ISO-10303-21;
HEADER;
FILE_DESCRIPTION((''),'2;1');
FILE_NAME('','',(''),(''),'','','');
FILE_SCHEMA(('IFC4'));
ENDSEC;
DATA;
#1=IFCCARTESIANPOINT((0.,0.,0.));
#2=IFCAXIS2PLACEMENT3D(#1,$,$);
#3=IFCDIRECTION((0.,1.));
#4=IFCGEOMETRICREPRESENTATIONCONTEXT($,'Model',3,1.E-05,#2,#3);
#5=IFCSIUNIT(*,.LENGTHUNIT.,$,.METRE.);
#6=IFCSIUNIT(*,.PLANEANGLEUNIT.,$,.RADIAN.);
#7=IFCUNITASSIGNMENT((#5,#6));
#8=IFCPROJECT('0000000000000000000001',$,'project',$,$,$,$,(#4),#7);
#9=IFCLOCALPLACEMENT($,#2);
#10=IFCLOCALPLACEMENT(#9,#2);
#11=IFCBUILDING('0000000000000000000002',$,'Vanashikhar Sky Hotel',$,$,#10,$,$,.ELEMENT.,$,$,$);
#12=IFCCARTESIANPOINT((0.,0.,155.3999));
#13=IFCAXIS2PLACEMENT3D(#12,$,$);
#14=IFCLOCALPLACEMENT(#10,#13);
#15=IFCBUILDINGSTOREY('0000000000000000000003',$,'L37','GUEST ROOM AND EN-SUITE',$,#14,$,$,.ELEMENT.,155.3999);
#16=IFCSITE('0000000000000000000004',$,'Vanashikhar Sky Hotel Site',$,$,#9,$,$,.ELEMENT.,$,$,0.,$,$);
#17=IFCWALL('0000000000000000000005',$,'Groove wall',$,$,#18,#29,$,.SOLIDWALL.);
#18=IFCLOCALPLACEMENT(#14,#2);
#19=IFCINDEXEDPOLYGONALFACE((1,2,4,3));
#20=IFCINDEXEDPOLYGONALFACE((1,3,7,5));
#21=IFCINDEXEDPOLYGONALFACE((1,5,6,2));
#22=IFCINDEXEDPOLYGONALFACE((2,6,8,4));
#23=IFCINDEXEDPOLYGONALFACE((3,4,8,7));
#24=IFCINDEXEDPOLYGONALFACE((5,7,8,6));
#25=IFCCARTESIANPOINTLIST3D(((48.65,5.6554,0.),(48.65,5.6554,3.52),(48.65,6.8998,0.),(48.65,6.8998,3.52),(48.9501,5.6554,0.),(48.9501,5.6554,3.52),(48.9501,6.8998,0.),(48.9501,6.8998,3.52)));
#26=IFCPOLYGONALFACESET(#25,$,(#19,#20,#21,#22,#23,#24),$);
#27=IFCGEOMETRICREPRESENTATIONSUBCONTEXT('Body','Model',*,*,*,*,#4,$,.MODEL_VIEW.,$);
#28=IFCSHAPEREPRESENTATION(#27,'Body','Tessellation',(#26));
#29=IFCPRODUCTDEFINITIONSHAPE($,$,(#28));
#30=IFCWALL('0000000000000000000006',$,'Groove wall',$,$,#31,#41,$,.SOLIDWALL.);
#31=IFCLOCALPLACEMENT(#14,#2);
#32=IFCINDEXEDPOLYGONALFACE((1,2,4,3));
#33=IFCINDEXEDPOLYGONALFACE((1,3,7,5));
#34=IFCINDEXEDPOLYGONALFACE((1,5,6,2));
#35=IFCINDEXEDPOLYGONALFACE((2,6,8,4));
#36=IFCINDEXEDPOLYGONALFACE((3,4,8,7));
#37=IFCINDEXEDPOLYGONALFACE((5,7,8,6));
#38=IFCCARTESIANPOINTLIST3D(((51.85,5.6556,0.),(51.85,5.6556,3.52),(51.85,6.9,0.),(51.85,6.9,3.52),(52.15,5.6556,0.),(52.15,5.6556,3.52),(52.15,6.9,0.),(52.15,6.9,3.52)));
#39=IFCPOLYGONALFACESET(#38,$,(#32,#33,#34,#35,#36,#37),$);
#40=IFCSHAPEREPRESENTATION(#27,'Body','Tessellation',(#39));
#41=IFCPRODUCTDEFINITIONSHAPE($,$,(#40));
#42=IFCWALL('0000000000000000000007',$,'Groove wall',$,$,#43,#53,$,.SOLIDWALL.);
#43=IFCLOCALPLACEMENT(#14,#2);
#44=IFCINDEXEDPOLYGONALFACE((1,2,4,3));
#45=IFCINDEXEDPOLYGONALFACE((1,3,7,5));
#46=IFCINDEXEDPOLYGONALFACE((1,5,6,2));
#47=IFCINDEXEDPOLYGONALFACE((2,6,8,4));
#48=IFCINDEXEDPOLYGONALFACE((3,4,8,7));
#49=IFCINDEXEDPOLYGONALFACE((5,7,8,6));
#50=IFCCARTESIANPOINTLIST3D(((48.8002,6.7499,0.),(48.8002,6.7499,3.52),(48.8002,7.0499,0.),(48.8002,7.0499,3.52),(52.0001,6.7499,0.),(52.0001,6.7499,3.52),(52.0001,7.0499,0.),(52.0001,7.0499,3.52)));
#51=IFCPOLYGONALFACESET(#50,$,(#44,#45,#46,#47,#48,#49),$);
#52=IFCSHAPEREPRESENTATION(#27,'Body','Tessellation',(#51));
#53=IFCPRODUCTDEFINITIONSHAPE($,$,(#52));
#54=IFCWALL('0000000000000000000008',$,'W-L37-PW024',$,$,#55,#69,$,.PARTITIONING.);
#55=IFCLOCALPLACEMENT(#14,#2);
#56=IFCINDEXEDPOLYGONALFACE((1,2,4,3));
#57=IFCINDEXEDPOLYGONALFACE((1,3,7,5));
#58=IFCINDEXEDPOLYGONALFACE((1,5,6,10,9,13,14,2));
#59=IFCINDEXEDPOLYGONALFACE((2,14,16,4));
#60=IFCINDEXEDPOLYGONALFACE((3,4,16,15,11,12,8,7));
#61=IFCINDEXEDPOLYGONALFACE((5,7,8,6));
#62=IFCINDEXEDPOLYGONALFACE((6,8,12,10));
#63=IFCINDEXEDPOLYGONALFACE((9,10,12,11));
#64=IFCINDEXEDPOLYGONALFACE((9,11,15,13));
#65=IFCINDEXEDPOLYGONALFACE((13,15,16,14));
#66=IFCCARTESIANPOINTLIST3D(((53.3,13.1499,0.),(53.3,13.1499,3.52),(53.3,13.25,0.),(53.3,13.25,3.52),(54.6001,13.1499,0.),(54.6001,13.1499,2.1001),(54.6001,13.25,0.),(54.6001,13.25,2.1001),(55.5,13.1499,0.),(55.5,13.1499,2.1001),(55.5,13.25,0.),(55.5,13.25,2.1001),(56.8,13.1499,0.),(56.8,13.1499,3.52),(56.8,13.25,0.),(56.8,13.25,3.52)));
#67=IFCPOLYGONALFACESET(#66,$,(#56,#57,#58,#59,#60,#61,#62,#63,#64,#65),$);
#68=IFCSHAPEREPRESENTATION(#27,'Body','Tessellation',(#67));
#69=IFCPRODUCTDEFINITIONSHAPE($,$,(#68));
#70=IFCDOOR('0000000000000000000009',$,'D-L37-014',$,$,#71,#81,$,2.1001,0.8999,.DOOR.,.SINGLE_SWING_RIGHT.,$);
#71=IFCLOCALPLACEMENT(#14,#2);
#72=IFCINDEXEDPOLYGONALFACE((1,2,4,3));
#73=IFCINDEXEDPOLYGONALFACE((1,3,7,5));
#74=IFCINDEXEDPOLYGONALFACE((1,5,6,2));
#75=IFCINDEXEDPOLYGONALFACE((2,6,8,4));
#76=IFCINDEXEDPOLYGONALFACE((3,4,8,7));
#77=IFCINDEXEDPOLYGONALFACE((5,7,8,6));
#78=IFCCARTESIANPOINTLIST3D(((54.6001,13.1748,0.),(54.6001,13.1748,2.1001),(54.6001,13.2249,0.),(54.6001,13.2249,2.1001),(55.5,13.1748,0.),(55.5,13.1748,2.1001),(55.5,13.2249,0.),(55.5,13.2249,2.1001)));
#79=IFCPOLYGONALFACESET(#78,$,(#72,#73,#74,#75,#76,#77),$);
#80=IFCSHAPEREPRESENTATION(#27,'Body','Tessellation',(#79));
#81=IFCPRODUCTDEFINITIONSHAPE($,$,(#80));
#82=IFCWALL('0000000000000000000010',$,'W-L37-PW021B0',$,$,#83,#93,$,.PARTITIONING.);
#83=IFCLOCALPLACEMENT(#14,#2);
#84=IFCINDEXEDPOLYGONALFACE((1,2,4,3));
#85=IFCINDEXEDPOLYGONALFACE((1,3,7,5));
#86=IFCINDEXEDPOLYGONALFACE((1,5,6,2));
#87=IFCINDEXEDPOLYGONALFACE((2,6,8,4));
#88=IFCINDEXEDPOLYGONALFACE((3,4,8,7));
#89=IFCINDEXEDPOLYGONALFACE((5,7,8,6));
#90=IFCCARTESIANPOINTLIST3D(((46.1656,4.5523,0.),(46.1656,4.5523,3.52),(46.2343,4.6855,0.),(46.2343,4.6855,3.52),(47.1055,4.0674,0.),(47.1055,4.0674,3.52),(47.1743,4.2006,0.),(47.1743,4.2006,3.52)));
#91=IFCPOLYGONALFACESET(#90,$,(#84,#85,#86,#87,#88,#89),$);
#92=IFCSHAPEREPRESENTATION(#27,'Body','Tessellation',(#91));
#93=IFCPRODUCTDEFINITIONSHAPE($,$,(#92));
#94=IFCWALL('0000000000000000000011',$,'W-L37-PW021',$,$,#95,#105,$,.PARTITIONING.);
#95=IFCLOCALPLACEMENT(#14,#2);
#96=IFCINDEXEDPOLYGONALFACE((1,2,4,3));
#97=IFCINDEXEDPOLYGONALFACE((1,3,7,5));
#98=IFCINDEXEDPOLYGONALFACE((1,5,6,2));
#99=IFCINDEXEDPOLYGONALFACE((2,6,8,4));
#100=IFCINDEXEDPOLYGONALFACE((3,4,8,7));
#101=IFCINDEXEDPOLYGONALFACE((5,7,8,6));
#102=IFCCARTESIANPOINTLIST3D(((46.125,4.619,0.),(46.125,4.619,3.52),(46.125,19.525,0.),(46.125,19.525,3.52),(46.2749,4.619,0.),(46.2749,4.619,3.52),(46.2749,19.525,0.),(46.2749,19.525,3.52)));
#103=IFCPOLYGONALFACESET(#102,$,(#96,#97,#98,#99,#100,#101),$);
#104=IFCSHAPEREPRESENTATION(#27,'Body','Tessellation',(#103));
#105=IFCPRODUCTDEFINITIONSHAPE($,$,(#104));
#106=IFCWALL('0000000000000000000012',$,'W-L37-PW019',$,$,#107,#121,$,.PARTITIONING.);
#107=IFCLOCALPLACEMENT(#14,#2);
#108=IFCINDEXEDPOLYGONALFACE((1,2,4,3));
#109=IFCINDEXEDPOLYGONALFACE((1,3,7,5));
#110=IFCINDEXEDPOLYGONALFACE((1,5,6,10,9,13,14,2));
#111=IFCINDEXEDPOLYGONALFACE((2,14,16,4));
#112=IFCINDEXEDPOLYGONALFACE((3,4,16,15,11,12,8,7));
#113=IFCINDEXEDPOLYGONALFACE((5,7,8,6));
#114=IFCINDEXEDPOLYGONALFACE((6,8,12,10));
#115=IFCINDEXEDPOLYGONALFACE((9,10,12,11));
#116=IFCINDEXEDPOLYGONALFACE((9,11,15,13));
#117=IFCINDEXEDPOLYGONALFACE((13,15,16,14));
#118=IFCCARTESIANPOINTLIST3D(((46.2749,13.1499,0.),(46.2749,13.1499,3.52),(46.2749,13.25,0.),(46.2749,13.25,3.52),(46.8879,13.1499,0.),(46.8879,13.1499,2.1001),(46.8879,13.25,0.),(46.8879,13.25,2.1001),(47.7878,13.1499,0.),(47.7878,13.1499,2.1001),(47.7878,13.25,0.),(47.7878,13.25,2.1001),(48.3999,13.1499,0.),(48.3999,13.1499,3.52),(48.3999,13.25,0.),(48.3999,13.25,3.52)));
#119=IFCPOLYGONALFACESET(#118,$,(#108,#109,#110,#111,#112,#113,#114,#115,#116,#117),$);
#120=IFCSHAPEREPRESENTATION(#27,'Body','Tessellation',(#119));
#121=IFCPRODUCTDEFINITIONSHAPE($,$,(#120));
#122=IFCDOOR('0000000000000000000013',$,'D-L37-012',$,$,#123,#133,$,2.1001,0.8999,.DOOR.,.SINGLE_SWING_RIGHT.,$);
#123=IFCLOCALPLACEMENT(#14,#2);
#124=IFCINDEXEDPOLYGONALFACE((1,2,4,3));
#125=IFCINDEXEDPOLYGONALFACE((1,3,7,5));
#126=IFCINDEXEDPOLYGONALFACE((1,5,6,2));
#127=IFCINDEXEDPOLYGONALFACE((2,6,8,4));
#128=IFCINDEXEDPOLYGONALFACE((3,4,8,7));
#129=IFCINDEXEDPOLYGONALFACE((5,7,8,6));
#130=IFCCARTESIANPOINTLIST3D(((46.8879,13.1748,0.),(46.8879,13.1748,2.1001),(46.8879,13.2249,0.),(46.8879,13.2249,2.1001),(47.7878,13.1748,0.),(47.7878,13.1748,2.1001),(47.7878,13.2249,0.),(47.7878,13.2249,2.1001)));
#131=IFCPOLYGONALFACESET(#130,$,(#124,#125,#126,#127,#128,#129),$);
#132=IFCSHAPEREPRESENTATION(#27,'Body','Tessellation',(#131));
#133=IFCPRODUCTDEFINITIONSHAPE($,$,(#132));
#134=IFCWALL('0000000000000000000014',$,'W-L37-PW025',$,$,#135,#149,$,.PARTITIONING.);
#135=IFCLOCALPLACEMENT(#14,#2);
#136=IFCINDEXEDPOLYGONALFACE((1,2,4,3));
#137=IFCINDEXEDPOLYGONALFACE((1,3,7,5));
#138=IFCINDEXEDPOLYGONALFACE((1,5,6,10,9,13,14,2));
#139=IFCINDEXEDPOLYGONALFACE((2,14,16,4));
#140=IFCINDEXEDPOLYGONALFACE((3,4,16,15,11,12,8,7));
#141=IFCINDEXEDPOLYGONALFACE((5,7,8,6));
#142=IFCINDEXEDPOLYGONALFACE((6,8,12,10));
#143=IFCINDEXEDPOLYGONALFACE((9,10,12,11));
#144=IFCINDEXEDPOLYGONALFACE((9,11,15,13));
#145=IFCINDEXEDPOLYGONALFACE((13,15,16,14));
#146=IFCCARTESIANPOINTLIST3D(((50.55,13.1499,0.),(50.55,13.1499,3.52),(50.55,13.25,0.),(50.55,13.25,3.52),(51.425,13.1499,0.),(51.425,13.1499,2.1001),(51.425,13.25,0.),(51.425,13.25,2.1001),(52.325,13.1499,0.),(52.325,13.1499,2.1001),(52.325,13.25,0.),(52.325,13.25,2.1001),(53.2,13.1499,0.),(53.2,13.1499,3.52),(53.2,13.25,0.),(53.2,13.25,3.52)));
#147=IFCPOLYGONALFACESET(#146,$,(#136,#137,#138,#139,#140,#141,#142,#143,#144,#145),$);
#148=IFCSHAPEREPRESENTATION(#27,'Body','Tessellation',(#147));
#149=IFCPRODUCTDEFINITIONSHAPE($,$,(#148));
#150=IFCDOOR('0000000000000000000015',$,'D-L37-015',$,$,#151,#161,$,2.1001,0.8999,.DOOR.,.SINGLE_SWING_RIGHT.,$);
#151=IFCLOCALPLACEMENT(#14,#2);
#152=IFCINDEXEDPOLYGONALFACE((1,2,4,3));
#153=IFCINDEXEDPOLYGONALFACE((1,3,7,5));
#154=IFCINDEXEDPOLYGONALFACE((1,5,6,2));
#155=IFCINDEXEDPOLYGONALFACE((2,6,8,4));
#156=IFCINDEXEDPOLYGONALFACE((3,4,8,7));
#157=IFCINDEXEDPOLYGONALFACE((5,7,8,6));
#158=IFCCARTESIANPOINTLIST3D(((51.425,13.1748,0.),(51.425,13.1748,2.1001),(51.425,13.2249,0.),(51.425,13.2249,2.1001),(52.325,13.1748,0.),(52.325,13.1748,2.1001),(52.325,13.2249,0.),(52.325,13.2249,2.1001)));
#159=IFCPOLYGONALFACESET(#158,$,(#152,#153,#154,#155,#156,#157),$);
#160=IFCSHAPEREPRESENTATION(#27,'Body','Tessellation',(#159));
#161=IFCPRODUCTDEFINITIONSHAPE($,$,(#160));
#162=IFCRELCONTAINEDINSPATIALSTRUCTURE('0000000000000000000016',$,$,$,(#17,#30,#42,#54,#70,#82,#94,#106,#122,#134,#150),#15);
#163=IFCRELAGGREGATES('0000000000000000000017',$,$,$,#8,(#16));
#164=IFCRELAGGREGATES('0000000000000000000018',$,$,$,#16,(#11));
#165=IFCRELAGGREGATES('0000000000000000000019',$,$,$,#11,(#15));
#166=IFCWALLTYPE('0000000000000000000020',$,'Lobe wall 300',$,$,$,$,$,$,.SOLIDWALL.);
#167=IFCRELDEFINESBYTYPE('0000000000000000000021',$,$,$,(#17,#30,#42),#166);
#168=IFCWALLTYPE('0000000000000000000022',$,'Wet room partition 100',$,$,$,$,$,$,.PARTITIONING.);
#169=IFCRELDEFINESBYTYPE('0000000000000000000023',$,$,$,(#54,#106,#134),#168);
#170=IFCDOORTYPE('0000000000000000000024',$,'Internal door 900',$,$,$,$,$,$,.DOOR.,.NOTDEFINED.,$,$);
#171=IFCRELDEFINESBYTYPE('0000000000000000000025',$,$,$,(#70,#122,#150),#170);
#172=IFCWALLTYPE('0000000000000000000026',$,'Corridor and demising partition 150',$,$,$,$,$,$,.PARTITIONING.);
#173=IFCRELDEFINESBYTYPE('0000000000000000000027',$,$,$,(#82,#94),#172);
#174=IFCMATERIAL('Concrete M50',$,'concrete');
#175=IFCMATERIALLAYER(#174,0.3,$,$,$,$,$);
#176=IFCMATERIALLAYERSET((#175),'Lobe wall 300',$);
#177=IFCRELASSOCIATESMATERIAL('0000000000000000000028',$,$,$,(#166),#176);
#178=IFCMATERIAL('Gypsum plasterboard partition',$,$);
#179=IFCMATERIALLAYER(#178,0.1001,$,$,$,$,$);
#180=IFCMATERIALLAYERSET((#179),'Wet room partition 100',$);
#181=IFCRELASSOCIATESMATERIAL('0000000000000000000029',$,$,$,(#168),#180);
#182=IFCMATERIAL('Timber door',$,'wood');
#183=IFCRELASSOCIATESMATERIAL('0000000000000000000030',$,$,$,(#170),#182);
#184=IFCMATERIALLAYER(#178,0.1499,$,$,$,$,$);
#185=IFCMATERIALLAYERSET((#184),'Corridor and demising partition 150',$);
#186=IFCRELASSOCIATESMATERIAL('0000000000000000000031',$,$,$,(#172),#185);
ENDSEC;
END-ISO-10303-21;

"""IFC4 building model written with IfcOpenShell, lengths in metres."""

from ifc_helpers import new_model, si_unit, direction, frame, frame_2d, origin, place, context, subcontext, project, spatial, rectangle, extrude, source, transform, mapped, material, layer, layer_set, type_object, element, fill, save


model = new_model("IFC4")

# Units and contexts
model_context = context("Model", 3, precision=1e-05, world=origin(), true_north=direction((0.0, 1.0)))
body_context = subcontext(model_context, "Body", "Model", "MODEL_VIEW")
ifc_project = project(units=[si_unit("LENGTHUNIT", "METRE"), si_unit("PLANEANGLEUNIT", "RADIAN")], contexts=[model_context])

# Site, building, storey
site_placement = place(None, origin())
site = spatial("IfcSite", under=ifc_project, at=site_placement, Name="Vanashikhar Sky Hotel Site", CompositionType="ELEMENT", RefElevation=0.0)
building_placement = place(site_placement, origin())
building = spatial("IfcBuilding", under=site, at=building_placement, Name="Vanashikhar Sky Hotel", CompositionType="ELEMENT")
storey_placement = place(building_placement, frame((0.0, 0.0, 155.3999)))
storey = spatial("IfcBuildingStorey", under=building, at=storey_placement, Name="L37", Description="GUEST ROOM AND EN-SUITE", CompositionType="ELEMENT", Elevation=155.3999)

# Shared definitions
ifc_material_1 = material(Name="Concrete M50", Category="concrete")
ifc_layer_1 = layer(ifc_material_1, 0.3)
ifc_layer_set_1 = layer_set([ifc_layer_1], Name="Lobe wall 300")
wall_type_1 = type_object("IfcWallType", Name="Lobe wall 300", PredefinedType="SOLIDWALL", material=ifc_layer_set_1)

# Walls
shared_shape_1 = source(origin(), body_context, "Body", "SweptSolid", [
    extrude(rectangle(XDim=1.2444, YDim=0.3, at=frame_2d((0.6221, 0.0))), origin(), (0.0, 0.0, 1.0), 3.52),
])
for number, where, z_axis, x_axis, name in (
    (1, (48.8, 5.6555, 0.0), (0.0, 0.0, 1.0), (0.0, 1.0, 0.0), "Groove wall"),
    (2, (52.0, 6.8999, 0.0), (0.0, 0.0, 1.0), (0.0, -1.0, 0.0), "Groove wall"),
):
    element("IfcWall", number, at=place(storey_placement, frame(where, z_axis=z_axis, x_axis=x_axis)), inside=storey, type_object=wall_type_1, Name=name, PredefinedType="SOLIDWALL", context=body_context, shape_type="MappedRepresentation", body=[
        mapped(shared_shape_1, transform((0.0, 0.0, 0.0), scale=1.0)),
    ])
shared_shape_2 = source(origin(), body_context, "Body", "SweptSolid", [
    extrude(rectangle(XDim=3.2, YDim=0.3, at=frame_2d((1.6001, 0.0))), origin(), (0.0, 0.0, 1.0), 3.52),
])
wall_1_placement = place(storey_placement, frame((48.8, 6.8999, 0.0), z_axis=(0.0, 0.0, 1.0), x_axis=(1.0, 0.0, 0.0)))
element("IfcWall", 3, at=wall_1_placement, inside=storey, type_object=wall_type_1, Name="Groove wall", PredefinedType="SOLIDWALL", context=body_context, shape_type="MappedRepresentation", body=[
    mapped(shared_shape_2, transform((0.0, 0.0, 0.0), scale=1.0)),
])

# Wall, opening, door
ifc_material_2 = material(Name="Gypsum plasterboard partition")
ifc_layer_2 = layer(ifc_material_2, 0.1001)
ifc_layer_set_2 = layer_set([ifc_layer_2], Name="Wet room partition 100")
wall_type_2 = type_object("IfcWallType", Name="Wet room partition 100", PredefinedType="PARTITIONING", material=ifc_layer_set_2)
shared_shape_3 = source(origin(), body_context, "Body", "SweptSolid", [
    extrude(rectangle(XDim=3.5, YDim=0.1001, at=frame_2d((1.75, 0.0))), origin(), (0.0, 0.0, 1.0), 3.52),
])
wall_2_placement = place(storey_placement, frame((53.3, 13.2, 0.0), z_axis=(0.0, 0.0, 1.0), x_axis=(1.0, 0.0, 0.0)))
wall_2 = element("IfcWall", 4, at=wall_2_placement, inside=storey, type_object=wall_type_2, Name="W-L37-PW024", PredefinedType="PARTITIONING", context=body_context, shape_type="MappedRepresentation", body=[
    mapped(shared_shape_3, transform((0.0, 0.0, 0.0), scale=1.0)),
])
shared_shape_4 = source(origin(), body_context, "Body", "SweptSolid", [
    extrude(rectangle(XDim=0.8999, YDim=2.1001, at=frame_2d((0.45, 1.05))), frame((0.0, 0.0601, 0.0), z_axis=(0.0, -1.0, 0.0), x_axis=(1.0, 0.0, 0.0)), (0.0, 0.0, 1.0), 0.1201),
])
opening_1_placement = place(wall_2_placement, frame((1.3, 0.0, 0.0)))
opening_1 = element("IfcOpeningElement", 5, at=opening_1_placement, cuts=wall_2, PredefinedType="OPENING", context=body_context, shape_type="MappedRepresentation", body=[
    mapped(shared_shape_4, transform((0.0, 0.0, 0.0), scale=1.0)),
])
ifc_material_3 = material(Name="Timber door", Category="wood")
door_type = type_object("IfcDoorType", Name="Internal door 900", OperationType="NOTDEFINED", PredefinedType="DOOR", material=ifc_material_3)
shared_shape_5 = source(origin(), body_context, "Body", "SweptSolid", [
    extrude(rectangle(XDim=0.8999, YDim=2.1001, at=frame_2d((0.45, 1.05))), frame((0.0, 0.0249, 0.0), z_axis=(0.0, -1.0, 0.0), x_axis=(1.0, 0.0, 0.0)), (0.0, 0.0, 1.0), 0.05),
])
door_1_placement = place(opening_1_placement, origin())
door_1 = element("IfcDoor", 6, at=door_1_placement, inside=storey, type_object=door_type, Name="D-L37-014", OperationType="SINGLE_SWING_RIGHT", OverallHeight=2.1001, OverallWidth=0.8999, PredefinedType="DOOR", context=body_context, shape_type="MappedRepresentation", body=[
    mapped(shared_shape_5, transform((0.0, 0.0, 0.0), scale=1.0)),
])
fill(opening_1, door_1)

# Walls
ifc_layer_3 = layer(ifc_material_2, 0.1499)
ifc_layer_set_3 = layer_set([ifc_layer_3], Name="Corridor and demising partition 150")
wall_type_3 = type_object("IfcWallType", Name="Corridor and demising partition 150", PredefinedType="PARTITIONING", material=ifc_layer_set_3)
shared_shape_6 = source(origin(), body_context, "Body", "SweptSolid", [
    extrude(rectangle(XDim=1.0576, YDim=0.1499, at=frame_2d((0.5288, 0.0))), origin(), (0.0, 0.0, 1.0), 3.52),
])
wall_3_placement = place(storey_placement, frame((47.1399, 4.134, 0.0), z_axis=(0.0, 0.0, 1.0), x_axis=(-0.888724, 0.458443, 0.0)))
element("IfcWall", 7, at=wall_3_placement, inside=storey, type_object=wall_type_3, Name="W-L37-PW021B0", PredefinedType="PARTITIONING", context=body_context, shape_type="MappedRepresentation", body=[
    mapped(shared_shape_6, transform((0.0, 0.0, 0.0), scale=1.0)),
])
shared_shape_7 = source(origin(), body_context, "Body", "SweptSolid", [
    extrude(rectangle(XDim=14.906, YDim=0.1499, at=frame_2d((7.4531, 0.0))), origin(), (0.0, 0.0, 1.0), 3.52),
])
wall_4_placement = place(storey_placement, frame((46.2, 4.6189, 0.0), z_axis=(0.0, 0.0, 1.0), x_axis=(0.0, 1.0, 0.0)))
element("IfcWall", 8, at=wall_4_placement, inside=storey, type_object=wall_type_3, Name="W-L37-PW021", PredefinedType="PARTITIONING", context=body_context, shape_type="MappedRepresentation", body=[
    mapped(shared_shape_7, transform((0.0, 0.0, 0.0), scale=1.0)),
])

# Walls, openings, doors
shared_shape_8 = source(origin(), body_context, "Body", "SweptSolid", [
    extrude(rectangle(XDim=2.125, YDim=0.1001, at=frame_2d((1.0625, 0.0))), origin(), (0.0, 0.0, 1.0), 3.52),
])
wall_5_placement = place(storey_placement, frame((46.2749, 13.2, 0.0), z_axis=(0.0, 0.0, 1.0), x_axis=(1.0, 0.0, 0.0)))
wall_5 = element("IfcWall", 9, at=wall_5_placement, inside=storey, type_object=wall_type_2, Name="W-L37-PW019", PredefinedType="PARTITIONING", context=body_context, shape_type="MappedRepresentation", body=[
    mapped(shared_shape_8, transform((0.0, 0.0, 0.0), scale=1.0)),
])
opening_2_placement = place(wall_5_placement, frame((0.613, 0.0, 0.0)))
opening_2 = element("IfcOpeningElement", 10, at=opening_2_placement, cuts=wall_5, PredefinedType="OPENING", context=body_context, shape_type="MappedRepresentation", body=[
    mapped(shared_shape_4, transform((0.0, 0.0, 0.0), scale=1.0)),
])
door_2_placement = place(opening_2_placement, origin())
door_2 = element("IfcDoor", 11, at=door_2_placement, inside=storey, type_object=door_type, Name="D-L37-012", OperationType="SINGLE_SWING_RIGHT", OverallHeight=2.1001, OverallWidth=0.8999, PredefinedType="DOOR", context=body_context, shape_type="MappedRepresentation", body=[
    mapped(shared_shape_5, transform((0.0, 0.0, 0.0), scale=1.0)),
])
fill(opening_2, door_2)
shared_shape_9 = source(origin(), body_context, "Body", "SweptSolid", [
    extrude(rectangle(XDim=2.6499, YDim=0.1001, at=frame_2d((1.325, 0.0))), origin(), (0.0, 0.0, 1.0), 3.52),
])
wall_6_placement = place(storey_placement, frame((50.55, 13.2, 0.0), z_axis=(0.0, 0.0, 1.0), x_axis=(1.0, 0.0, 0.0)))
wall_6 = element("IfcWall", 12, at=wall_6_placement, inside=storey, type_object=wall_type_2, Name="W-L37-PW025", PredefinedType="PARTITIONING", context=body_context, shape_type="MappedRepresentation", body=[
    mapped(shared_shape_9, transform((0.0, 0.0, 0.0), scale=1.0)),
])
opening_3_placement = place(wall_6_placement, frame((0.875, 0.0, 0.0)))
opening_3 = element("IfcOpeningElement", 13, at=opening_3_placement, cuts=wall_6, PredefinedType="OPENING", context=body_context, shape_type="MappedRepresentation", body=[
    mapped(shared_shape_4, transform((0.0, 0.0, 0.0), scale=1.0)),
])
door_3_placement = place(opening_3_placement, origin())
door_3 = element("IfcDoor", 14, at=door_3_placement, inside=storey, type_object=door_type, Name="D-L37-015", OperationType="SINGLE_SWING_RIGHT", OverallHeight=2.1001, OverallWidth=0.8999, PredefinedType="DOOR", context=body_context, shape_type="MappedRepresentation", body=[
    mapped(shared_shape_5, transform((0.0, 0.0, 0.0), scale=1.0)),
])
fill(opening_3, door_3)

save(model, "model.ifc")
